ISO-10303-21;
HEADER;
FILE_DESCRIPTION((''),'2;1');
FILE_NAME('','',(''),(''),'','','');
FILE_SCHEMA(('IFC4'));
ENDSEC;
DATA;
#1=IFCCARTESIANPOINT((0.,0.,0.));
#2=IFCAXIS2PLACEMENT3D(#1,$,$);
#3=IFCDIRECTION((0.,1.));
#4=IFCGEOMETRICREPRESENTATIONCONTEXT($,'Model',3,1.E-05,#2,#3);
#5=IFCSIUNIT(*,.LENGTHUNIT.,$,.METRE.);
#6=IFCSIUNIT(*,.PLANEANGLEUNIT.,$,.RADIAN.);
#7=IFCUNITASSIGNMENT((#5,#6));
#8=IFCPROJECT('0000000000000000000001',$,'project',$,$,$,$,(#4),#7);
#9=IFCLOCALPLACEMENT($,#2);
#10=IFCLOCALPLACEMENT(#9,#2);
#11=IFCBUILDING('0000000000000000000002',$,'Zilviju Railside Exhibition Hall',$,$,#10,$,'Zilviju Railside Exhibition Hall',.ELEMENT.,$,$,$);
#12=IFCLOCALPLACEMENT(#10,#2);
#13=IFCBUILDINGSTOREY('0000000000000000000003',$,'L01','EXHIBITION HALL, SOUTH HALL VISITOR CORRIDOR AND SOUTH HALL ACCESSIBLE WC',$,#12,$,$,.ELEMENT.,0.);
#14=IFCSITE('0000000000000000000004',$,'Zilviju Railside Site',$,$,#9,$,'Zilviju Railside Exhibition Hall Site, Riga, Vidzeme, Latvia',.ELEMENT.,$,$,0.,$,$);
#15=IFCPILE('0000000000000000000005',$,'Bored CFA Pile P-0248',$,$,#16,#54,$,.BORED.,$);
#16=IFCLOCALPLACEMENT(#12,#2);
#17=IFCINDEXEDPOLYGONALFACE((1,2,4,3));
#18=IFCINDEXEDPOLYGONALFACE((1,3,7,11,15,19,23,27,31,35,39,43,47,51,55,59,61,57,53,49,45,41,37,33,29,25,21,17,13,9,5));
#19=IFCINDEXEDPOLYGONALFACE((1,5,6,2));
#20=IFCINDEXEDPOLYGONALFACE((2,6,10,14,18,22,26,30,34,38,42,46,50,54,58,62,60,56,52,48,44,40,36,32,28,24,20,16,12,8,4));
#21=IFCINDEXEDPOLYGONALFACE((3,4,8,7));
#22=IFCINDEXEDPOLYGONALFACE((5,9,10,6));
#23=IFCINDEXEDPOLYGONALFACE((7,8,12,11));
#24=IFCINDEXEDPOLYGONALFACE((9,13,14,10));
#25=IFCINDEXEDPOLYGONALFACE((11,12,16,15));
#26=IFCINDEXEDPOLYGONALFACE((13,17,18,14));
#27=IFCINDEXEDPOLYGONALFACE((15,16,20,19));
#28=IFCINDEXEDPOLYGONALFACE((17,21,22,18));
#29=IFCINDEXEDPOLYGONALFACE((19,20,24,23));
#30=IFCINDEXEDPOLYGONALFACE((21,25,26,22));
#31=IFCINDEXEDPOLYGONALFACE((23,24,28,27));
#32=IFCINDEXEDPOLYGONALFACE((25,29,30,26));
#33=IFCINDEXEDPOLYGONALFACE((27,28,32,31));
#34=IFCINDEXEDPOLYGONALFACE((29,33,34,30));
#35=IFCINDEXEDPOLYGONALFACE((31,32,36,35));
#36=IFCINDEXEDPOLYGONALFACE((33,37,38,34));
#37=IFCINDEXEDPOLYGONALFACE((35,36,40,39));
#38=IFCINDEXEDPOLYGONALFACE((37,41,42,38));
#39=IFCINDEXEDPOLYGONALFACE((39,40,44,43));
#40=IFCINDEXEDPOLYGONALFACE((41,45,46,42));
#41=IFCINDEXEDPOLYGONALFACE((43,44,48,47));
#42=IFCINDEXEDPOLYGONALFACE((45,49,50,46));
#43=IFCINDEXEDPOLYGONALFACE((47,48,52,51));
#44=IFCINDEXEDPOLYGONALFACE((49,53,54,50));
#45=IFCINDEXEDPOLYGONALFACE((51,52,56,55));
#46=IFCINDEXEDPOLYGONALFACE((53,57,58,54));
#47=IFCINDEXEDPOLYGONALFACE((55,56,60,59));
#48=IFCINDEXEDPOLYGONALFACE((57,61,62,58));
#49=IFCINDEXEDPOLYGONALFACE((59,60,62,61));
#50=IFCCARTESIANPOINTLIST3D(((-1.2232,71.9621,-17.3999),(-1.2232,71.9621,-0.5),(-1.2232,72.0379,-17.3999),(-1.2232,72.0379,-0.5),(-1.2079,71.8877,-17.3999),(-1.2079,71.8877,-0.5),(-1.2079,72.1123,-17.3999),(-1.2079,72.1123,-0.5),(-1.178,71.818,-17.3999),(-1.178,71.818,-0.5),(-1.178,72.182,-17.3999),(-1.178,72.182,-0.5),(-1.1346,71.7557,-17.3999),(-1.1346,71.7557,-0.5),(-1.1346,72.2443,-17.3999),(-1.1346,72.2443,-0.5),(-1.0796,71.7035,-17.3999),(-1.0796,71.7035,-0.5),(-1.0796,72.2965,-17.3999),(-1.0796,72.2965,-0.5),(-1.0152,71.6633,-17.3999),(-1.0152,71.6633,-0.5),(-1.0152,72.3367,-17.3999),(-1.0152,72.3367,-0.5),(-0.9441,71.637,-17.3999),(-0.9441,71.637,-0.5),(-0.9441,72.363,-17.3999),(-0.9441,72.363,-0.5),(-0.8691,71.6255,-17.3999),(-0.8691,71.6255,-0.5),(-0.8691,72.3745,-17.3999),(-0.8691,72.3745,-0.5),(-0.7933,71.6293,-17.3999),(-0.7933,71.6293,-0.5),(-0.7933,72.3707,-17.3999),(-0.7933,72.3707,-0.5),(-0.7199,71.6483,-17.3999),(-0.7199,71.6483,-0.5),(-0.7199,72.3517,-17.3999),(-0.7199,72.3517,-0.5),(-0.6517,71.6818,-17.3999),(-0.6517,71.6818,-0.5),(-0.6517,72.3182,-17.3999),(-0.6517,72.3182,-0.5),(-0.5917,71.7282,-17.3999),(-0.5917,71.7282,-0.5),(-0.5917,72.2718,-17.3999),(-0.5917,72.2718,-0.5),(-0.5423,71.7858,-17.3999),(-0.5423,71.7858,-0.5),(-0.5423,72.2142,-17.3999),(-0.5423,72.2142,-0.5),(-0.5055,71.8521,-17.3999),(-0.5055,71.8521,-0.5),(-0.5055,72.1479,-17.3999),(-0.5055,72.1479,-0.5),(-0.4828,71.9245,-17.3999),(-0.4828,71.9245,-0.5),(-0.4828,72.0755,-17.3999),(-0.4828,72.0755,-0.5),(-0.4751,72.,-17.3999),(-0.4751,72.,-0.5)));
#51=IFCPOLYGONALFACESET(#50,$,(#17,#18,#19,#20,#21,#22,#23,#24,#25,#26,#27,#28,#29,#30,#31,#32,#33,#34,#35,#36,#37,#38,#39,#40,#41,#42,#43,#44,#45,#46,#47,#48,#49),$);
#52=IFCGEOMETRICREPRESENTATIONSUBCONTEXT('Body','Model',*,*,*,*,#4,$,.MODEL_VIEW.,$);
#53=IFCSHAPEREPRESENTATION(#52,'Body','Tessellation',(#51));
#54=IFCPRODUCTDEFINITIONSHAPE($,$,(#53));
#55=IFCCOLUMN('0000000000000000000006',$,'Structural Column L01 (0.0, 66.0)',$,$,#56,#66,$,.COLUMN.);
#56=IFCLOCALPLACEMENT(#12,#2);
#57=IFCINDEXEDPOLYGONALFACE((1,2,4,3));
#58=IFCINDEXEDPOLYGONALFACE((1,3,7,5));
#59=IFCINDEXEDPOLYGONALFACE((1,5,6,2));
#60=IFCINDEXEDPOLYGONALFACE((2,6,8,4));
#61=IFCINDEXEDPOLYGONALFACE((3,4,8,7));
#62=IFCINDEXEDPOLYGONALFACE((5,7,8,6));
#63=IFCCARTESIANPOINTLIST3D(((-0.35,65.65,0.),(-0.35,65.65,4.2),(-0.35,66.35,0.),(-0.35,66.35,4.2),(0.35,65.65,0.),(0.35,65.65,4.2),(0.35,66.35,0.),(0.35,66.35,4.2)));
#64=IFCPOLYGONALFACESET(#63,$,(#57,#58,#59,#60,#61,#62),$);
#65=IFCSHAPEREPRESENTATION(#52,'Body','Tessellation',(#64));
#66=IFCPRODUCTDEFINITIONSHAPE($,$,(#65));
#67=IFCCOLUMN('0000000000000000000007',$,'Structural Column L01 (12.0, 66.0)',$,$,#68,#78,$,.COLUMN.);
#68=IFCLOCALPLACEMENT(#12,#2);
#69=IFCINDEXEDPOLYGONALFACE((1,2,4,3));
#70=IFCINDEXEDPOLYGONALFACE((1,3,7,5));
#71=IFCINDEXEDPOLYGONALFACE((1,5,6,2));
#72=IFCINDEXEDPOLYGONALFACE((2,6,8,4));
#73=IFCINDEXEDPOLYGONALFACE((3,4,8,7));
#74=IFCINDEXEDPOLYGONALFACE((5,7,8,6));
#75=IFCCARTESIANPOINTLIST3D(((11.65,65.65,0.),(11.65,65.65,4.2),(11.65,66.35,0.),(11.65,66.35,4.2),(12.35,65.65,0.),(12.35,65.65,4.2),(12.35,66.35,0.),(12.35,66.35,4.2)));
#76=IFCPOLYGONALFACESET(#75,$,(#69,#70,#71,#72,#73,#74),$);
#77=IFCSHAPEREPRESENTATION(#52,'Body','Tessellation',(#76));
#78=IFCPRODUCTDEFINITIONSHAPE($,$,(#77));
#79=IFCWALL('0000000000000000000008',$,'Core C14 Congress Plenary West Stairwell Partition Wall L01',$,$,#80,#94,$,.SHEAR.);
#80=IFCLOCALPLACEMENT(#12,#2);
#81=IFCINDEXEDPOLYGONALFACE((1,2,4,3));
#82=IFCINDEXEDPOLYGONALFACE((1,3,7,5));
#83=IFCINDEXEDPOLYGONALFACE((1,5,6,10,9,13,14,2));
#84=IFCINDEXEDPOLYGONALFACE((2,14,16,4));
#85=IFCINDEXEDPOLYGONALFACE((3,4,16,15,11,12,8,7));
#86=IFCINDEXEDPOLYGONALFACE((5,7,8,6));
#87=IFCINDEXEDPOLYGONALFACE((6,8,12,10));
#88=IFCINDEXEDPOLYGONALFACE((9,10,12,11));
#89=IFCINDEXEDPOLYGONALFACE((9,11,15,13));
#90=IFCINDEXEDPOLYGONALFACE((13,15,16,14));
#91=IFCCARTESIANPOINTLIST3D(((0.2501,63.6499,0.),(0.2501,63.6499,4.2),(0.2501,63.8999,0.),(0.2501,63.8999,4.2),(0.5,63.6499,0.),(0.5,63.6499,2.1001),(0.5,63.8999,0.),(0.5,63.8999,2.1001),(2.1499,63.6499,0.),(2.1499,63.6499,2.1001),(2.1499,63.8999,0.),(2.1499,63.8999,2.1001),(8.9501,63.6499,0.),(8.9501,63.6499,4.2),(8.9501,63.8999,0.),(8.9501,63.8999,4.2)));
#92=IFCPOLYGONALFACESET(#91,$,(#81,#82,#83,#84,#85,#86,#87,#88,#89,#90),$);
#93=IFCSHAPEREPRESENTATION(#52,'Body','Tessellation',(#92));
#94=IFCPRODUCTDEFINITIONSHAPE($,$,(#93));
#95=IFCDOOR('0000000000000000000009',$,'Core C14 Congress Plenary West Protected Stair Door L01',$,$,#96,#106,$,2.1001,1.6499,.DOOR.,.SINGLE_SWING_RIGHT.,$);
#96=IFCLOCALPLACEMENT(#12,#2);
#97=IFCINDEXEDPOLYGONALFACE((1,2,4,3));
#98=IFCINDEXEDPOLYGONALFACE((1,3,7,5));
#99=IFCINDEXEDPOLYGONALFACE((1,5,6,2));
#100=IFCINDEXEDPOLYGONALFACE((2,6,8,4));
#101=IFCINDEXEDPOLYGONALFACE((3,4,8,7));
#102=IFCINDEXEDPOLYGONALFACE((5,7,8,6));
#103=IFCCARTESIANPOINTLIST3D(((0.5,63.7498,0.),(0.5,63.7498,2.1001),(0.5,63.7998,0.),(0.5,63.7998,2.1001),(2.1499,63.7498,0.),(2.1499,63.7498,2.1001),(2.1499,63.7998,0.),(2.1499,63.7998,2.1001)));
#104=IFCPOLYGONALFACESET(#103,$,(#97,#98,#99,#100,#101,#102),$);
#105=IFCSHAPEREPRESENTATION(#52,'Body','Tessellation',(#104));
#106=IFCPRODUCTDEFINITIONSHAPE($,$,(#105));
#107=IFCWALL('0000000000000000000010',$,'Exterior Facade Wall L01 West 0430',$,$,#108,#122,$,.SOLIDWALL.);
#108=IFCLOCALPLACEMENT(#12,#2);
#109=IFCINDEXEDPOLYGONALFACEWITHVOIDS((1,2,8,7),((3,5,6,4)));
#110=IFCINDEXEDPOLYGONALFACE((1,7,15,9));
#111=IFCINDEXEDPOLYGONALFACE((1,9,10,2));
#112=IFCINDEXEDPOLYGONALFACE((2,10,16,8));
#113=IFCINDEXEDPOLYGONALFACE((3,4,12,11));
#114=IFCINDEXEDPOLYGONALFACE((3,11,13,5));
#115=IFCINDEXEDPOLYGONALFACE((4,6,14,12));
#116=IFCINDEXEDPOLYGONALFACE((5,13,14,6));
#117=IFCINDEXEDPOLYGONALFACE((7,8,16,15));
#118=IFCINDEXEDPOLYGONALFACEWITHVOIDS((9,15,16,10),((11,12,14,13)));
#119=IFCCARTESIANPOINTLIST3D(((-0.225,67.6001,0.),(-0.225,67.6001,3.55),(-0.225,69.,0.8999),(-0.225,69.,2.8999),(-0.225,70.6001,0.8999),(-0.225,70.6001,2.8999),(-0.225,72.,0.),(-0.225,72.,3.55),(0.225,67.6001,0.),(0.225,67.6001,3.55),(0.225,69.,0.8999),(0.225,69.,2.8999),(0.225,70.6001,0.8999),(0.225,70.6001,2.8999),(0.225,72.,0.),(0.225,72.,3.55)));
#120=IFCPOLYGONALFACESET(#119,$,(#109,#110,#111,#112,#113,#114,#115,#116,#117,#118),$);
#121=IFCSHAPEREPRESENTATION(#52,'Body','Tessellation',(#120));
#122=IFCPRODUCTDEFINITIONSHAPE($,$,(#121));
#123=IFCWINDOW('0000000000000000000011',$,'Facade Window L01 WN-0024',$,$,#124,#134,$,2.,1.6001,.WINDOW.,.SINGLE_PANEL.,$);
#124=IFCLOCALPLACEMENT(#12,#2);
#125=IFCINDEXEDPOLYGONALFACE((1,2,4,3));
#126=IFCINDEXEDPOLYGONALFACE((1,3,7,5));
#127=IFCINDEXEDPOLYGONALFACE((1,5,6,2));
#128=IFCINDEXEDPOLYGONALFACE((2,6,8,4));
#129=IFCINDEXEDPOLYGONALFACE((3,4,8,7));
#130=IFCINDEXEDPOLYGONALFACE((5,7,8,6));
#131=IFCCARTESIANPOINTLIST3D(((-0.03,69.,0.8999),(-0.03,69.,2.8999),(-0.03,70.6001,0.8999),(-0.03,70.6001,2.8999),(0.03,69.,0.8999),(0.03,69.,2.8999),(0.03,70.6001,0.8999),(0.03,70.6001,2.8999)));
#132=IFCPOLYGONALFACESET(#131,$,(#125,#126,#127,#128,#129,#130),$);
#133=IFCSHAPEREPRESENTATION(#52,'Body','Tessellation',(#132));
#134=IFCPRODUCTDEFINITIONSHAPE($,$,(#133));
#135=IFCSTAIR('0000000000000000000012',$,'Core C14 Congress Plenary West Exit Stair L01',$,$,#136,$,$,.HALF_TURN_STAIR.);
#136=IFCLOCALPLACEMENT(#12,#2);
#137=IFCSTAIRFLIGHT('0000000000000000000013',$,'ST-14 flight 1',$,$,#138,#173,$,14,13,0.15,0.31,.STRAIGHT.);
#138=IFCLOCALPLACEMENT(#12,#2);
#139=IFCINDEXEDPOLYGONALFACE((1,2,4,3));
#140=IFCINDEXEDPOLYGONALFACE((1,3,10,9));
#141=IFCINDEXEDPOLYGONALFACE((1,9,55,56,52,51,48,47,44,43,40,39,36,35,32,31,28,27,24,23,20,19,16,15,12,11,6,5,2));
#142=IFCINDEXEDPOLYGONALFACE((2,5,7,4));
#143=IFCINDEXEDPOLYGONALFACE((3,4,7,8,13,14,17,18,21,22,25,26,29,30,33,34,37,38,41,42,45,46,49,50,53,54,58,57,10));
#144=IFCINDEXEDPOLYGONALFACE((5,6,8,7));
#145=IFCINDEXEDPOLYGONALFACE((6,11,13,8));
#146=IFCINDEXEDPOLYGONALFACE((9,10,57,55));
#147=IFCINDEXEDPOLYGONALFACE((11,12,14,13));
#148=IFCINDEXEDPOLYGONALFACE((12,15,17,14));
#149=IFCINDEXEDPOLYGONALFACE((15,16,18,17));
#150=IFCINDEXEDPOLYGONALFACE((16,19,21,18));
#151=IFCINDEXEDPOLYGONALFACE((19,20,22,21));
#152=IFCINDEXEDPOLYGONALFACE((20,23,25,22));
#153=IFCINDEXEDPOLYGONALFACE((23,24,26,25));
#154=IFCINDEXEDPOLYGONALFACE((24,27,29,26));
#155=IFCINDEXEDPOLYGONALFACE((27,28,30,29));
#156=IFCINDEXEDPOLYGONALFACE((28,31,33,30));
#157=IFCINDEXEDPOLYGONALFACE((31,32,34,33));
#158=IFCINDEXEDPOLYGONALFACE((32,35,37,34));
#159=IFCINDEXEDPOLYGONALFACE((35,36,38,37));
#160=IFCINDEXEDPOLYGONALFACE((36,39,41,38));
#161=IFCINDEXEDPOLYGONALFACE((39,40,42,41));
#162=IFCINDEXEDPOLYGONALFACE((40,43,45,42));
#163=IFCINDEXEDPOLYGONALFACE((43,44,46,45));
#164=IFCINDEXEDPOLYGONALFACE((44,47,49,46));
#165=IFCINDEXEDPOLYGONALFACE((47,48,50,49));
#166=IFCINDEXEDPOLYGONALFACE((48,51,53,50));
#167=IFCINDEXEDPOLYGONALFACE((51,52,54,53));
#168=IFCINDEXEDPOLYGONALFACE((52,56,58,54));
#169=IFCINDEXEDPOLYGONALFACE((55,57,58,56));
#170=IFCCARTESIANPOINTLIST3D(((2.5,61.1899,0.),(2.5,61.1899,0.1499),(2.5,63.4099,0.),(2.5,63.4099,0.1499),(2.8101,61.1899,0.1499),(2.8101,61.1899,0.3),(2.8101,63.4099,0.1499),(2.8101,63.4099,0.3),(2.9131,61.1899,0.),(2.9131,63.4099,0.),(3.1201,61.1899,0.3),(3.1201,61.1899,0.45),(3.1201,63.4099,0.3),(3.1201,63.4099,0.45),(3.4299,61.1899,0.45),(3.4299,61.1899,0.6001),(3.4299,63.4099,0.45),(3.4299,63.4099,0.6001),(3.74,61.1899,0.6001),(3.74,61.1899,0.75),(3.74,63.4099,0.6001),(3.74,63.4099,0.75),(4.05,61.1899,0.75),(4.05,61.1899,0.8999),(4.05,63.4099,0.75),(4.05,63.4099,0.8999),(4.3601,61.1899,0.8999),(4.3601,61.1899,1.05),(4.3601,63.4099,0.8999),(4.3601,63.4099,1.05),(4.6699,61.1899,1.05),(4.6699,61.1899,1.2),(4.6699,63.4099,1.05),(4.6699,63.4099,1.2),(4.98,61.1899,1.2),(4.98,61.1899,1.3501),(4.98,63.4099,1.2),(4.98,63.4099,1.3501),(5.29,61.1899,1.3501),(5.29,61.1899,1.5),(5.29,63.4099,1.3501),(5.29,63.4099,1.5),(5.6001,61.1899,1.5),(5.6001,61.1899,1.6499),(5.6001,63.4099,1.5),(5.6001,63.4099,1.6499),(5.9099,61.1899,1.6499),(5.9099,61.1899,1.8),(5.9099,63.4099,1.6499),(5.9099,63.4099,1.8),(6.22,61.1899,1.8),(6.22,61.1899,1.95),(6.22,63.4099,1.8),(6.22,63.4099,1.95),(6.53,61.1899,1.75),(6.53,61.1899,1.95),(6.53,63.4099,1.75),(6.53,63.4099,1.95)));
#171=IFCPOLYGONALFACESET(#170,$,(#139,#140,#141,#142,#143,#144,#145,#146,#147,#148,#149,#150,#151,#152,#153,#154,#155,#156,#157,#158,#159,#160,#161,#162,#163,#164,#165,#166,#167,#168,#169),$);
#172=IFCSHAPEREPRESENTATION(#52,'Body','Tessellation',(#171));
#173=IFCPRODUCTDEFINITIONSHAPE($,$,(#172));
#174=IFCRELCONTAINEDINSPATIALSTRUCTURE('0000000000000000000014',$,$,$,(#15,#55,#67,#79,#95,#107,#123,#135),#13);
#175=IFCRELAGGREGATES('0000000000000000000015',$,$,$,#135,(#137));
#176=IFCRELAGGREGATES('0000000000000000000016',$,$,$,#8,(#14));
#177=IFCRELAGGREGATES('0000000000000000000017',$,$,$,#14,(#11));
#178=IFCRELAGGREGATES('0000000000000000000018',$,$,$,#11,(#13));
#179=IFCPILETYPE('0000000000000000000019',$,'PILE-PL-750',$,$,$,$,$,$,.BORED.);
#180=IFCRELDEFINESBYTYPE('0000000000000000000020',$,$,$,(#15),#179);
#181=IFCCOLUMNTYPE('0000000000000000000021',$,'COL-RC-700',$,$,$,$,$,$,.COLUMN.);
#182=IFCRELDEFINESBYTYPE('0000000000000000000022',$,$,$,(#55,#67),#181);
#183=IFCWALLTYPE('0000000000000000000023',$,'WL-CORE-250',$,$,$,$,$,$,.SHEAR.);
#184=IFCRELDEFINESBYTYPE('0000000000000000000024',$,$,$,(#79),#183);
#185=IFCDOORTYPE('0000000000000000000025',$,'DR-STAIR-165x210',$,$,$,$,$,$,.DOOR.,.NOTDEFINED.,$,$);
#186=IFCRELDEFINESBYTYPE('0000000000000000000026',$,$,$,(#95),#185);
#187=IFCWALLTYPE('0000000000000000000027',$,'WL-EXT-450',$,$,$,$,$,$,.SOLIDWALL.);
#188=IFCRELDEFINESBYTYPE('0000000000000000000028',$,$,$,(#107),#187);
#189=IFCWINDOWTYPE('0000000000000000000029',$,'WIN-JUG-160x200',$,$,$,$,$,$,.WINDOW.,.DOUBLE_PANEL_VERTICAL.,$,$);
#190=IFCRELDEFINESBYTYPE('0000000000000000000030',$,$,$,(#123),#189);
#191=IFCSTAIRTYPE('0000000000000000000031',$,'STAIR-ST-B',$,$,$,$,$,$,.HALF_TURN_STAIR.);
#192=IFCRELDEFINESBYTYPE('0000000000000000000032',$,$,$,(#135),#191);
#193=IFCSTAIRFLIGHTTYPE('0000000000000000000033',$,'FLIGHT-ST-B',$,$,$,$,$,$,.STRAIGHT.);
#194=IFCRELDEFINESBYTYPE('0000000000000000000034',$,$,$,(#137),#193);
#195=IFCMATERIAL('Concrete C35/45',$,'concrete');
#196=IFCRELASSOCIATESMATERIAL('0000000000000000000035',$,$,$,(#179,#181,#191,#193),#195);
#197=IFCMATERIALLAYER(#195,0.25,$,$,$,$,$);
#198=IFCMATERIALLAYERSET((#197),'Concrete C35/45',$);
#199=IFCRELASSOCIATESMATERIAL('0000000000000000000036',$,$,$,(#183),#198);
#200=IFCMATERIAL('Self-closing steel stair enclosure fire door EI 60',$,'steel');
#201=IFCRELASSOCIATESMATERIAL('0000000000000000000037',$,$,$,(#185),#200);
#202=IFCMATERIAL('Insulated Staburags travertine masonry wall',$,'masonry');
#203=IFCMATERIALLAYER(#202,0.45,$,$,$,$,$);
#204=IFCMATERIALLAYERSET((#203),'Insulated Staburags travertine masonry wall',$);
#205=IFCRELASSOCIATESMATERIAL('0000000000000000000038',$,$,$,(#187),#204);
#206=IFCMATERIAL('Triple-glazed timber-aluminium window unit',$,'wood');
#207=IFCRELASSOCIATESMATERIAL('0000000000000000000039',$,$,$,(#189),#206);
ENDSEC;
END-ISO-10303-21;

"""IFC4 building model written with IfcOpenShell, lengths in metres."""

from ifc_helpers import new_model, si_unit, direction, frame, frame_2d, origin, origin_2d, place, context, subcontext, project, spatial, polyline, rectangle, circle, outline, extrude, material, layer, layer_set, material_profile, profile_set, type_object, element, fill, aggregate, save


model = new_model("IFC4")

# Units and contexts
model_context = context("Model", 3, precision=1e-05, world=origin(), true_north=direction((0.0, 1.0)))
body_context = subcontext(model_context, "Body", "Model", "MODEL_VIEW")
ifc_project = project(units=[si_unit("LENGTHUNIT", "METRE"), si_unit("PLANEANGLEUNIT", "RADIAN")], contexts=[model_context])

# Site, building, storey
site_placement = place(None, origin())
site = spatial("IfcSite", under=ifc_project, at=site_placement, Name="Zilviju Railside Site", LongName="Zilviju Railside Exhibition Hall Site, Riga, Vidzeme, Latvia", CompositionType="ELEMENT", RefElevation=0.0)
building_placement = place(site_placement, origin())
building = spatial("IfcBuilding", under=site, at=building_placement, Name="Zilviju Railside Exhibition Hall", LongName="Zilviju Railside Exhibition Hall", CompositionType="ELEMENT")
storey_placement = place(building_placement, origin())
storey = spatial("IfcBuildingStorey", under=building, at=storey_placement, Name="L01", Description="EXHIBITION HALL, SOUTH HALL VISITOR CORRIDOR AND SOUTH HALL ACCESSIBLE WC", CompositionType="ELEMENT", Elevation=0.0)

# Shared definitions
ifc_material_1 = material(Name="Concrete C35/45", Category="concrete")

# Pile
ifc_material_profile_1 = material_profile(ifc_material_1, circle(Radius=0.375, at=origin_2d()), Name="CFA PILE D750")
ifc_profile_set_1 = profile_set([ifc_material_profile_1], Name="Concrete C35/45")
pile_type = type_object("IfcPileType", Name="PILE-PL-750", PredefinedType="BORED", material=ifc_profile_set_1)
for number, where, z_axis, x_axis, name in (
    (1, (-0.8501, 72.0, -0.5), (0.0, 0.0, -1.0), (1.0, 0.0, 0.0), "Bored CFA Pile P-0248"),
):
    element("IfcPile", number, at=place(storey_placement, frame(where, z_axis=z_axis, x_axis=x_axis)), inside=storey, type_object=pile_type, Name=name, PredefinedType="BORED", context=body_context, shape_type="SweptSolid", body=[
        extrude(circle(Radius=0.375, at=origin_2d()), origin(), (0.0, 0.0, 1.0), 16.8999),
    ])

# Columns
ifc_material_profile_2 = material_profile(ifc_material_1, rectangle(XDim=0.7, YDim=0.7, at=origin_2d()), Name="RC COL 700x700")
ifc_profile_set_2 = profile_set([ifc_material_profile_2], Name="Concrete C35/45")
column_type = type_object("IfcColumnType", Name="COL-RC-700", PredefinedType="COLUMN", material=ifc_profile_set_2)
for number, where, z_axis, x_axis, name in (
    (2, (0.0, 66.0, 0.0), (0.0, 0.0, 1.0), (1.0, 0.0, 0.0), "Structural Column L01 (0.0, 66.0)"),
    (3, (12.0, 66.0, 0.0), (0.0, 0.0, 1.0), (1.0, 0.0, 0.0), "Structural Column L01 (12.0, 66.0)"),
):
    element("IfcColumn", number, at=place(storey_placement, frame(where, z_axis=z_axis, x_axis=x_axis)), inside=storey, type_object=column_type, Name=name, PredefinedType="COLUMN", context=body_context, shape_type="SweptSolid", body=[
        extrude(rectangle(XDim=0.7, YDim=0.7, at=origin_2d()), origin(), (0.0, 0.0, 1.0), 4.2),
    ])

# Wall, opening, door
ifc_layer_1 = layer(ifc_material_1, 0.25)
ifc_layer_set_1 = layer_set([ifc_layer_1], Name="Concrete C35/45")
wall_type_1 = type_object("IfcWallType", Name="WL-CORE-250", PredefinedType="SHEAR", material=ifc_layer_set_1)
wall_1_placement = place(storey_placement, frame((0.25, 63.7749, 0.0), z_axis=(0.0, 0.0, 1.0), x_axis=(1.0, 0.0, 0.0)))
wall_1 = element("IfcWall", 4, at=wall_1_placement, inside=storey, type_object=wall_type_1, Name="Core C14 Congress Plenary West Stairwell Partition Wall L01", PredefinedType="SHEAR", context=body_context, shape_type="SweptSolid", body=[
    extrude(rectangle(XDim=8.7, YDim=0.25, at=frame_2d((4.3501, 0.0))), origin(), (0.0, 0.0, 1.0), 4.2),
])
opening_1_placement = place(wall_1_placement, frame((0.25, 0.0, 0.0)))
opening_1 = element("IfcOpeningElement", 5, at=opening_1_placement, cuts=wall_1, PredefinedType="OPENING", context=body_context, shape_type="SweptSolid", body=[
    extrude(rectangle(XDim=1.6499, YDim=2.1001, at=frame_2d((0.825, 1.05))), frame((0.0, 0.135, 0.0), z_axis=(0.0, -1.0, 0.0), x_axis=(1.0, 0.0, 0.0)), (0.0, 0.0, 1.0), 0.27),
])
ifc_material_2 = material(Name="Self-closing steel stair enclosure fire door EI 60", Category="steel")
door_type_1 = type_object("IfcDoorType", Name="DR-STAIR-165x210", OperationType="NOTDEFINED", PredefinedType="DOOR", material=ifc_material_2)
door_1_placement = place(opening_1_placement, origin())
door_1 = element("IfcDoor", 6, at=door_1_placement, inside=storey, type_object=door_type_1, Name="Core C14 Congress Plenary West Protected Stair Door L01", OperationType="SINGLE_SWING_RIGHT", OverallHeight=2.1001, OverallWidth=1.6499, PredefinedType="DOOR", context=body_context, shape_type="SweptSolid", body=[
    extrude(rectangle(XDim=1.6499, YDim=2.1001, at=frame_2d((0.825, 1.05))), frame((0.0, 0.0249, 0.0), z_axis=(0.0, -1.0, 0.0), x_axis=(1.0, 0.0, 0.0)), (0.0, 0.0, 1.0), 0.05),
])
fill(opening_1, door_1)

# Wall, opening, window
ifc_material_3 = material(Name="Insulated Staburags travertine masonry wall", Category="masonry")
ifc_layer_2 = layer(ifc_material_3, 0.45)
ifc_layer_set_2 = layer_set([ifc_layer_2], Name="Insulated Staburags travertine masonry wall")
wall_type_2 = type_object("IfcWallType", Name="WL-EXT-450", PredefinedType="SOLIDWALL", material=ifc_layer_set_2)
wall_2_placement = place(storey_placement, frame((0.0, 67.6001, 0.0), z_axis=(0.0, 0.0, 1.0), x_axis=(0.0, 1.0, 0.0)))
wall_2 = element("IfcWall", 7, at=wall_2_placement, inside=storey, type_object=wall_type_2, Name="Exterior Facade Wall L01 West 0430", PredefinedType="SOLIDWALL", context=body_context, shape_type="SweptSolid", body=[
    extrude(rectangle(XDim=4.3999, YDim=0.45, at=frame_2d((2.2, 0.0))), origin(), (0.0, 0.0, 1.0), 3.55),
])
opening_2_placement = place(wall_2_placement, frame((1.3999, 0.0, 0.8999)))
opening_2 = element("IfcOpeningElement", 8, at=opening_2_placement, cuts=wall_2, PredefinedType="OPENING", context=body_context, shape_type="SweptSolid", body=[
    extrude(rectangle(XDim=1.6001, YDim=2.0, at=frame_2d((0.8, 1.0))), frame((0.0, 0.2349, 0.0), z_axis=(0.0, -1.0, 0.0), x_axis=(1.0, 0.0, 0.0)), (0.0, 0.0, 1.0), 0.47),
])
ifc_material_4 = material(Name="Triple-glazed timber-aluminium window unit", Category="wood")
window_type = type_object("IfcWindowType", Name="WIN-JUG-160x200", PartitioningType="DOUBLE_PANEL_VERTICAL", PredefinedType="WINDOW", material=ifc_material_4)
window_placement = place(opening_2_placement, origin())
window = element("IfcWindow", 9, at=window_placement, inside=storey, type_object=window_type, Name="Facade Window L01 WN-0024", OverallHeight=2.0, OverallWidth=1.6001, PartitioningType="SINGLE_PANEL", PredefinedType="WINDOW", context=body_context, shape_type="SweptSolid", body=[
    extrude(rectangle(XDim=1.6001, YDim=2.0, at=frame_2d((0.8, 1.0))), frame((0.0, 0.03, 0.0), z_axis=(0.0, -1.0, 0.0), x_axis=(1.0, 0.0, 0.0)), (0.0, 0.0, 1.0), 0.0601),
])
fill(opening_2, window)

# Stair, stair flight
stair_type = type_object("IfcStairType", Name="STAIR-ST-B", PredefinedType="HALF_TURN_STAIR", material=ifc_material_1)
stair_placement = place(storey_placement, origin())
stair = element("IfcStair", 10, at=stair_placement, inside=storey, type_object=stair_type, Name="Core C14 Congress Plenary West Exit Stair L01", PredefinedType="HALF_TURN_STAIR")
stair_flight_type = type_object("IfcStairFlightType", Name="FLIGHT-ST-B", PredefinedType="STRAIGHT", material=ifc_material_1)
stair_flight_1_placement = place(storey_placement, frame((2.5, 62.3, 0.0), z_axis=(0.0, 0.0, 1.0), x_axis=(1.0, 0.0, 0.0)))
stair_flight_1 = element("IfcStairFlight", 11, at=stair_flight_1_placement, type_object=stair_flight_type, Name="ST-14 flight 1", NumberOfRisers=14, NumberOfTreads=13, PredefinedType="STRAIGHT", RiserHeight=0.15, TreadLength=0.31, context=body_context, shape_type="SweptSolid", body=[
    extrude(outline(polyline([(0.0, 0.0), (0.0, 0.1499), (0.3101, 0.1499), (0.3101, 0.3), (0.6201, 0.3), (0.6201, 0.45), (0.9299, 0.45), (0.9299, 0.6001), (1.24, 0.6001), (1.24, 0.75), (1.55, 0.75), (1.55, 0.8999), (1.8601, 0.8999), (1.8601, 1.05), (2.1699, 1.05), (2.1699, 1.2), (2.48, 1.2), (2.48, 1.3501), (2.79, 1.3501), (2.79, 1.5), (3.1001, 1.5), (3.1001, 1.6499), (3.4099, 1.6499), (3.4099, 1.8), (3.72, 1.8), (3.72, 1.95), (4.03, 1.95), (4.03, 2.1001), (4.03, 1.75), (0.4131, 0.0), (0.0, 0.0)])), frame((0.0, 1.1099, 0.0), z_axis=(0.0, -1.0, 0.0), x_axis=(1.0, 0.0, 0.0)), (0.0, 0.0, 1.0), 2.22),
])
aggregate(stair, [stair_flight_1])

save(model, "model.ifc")
